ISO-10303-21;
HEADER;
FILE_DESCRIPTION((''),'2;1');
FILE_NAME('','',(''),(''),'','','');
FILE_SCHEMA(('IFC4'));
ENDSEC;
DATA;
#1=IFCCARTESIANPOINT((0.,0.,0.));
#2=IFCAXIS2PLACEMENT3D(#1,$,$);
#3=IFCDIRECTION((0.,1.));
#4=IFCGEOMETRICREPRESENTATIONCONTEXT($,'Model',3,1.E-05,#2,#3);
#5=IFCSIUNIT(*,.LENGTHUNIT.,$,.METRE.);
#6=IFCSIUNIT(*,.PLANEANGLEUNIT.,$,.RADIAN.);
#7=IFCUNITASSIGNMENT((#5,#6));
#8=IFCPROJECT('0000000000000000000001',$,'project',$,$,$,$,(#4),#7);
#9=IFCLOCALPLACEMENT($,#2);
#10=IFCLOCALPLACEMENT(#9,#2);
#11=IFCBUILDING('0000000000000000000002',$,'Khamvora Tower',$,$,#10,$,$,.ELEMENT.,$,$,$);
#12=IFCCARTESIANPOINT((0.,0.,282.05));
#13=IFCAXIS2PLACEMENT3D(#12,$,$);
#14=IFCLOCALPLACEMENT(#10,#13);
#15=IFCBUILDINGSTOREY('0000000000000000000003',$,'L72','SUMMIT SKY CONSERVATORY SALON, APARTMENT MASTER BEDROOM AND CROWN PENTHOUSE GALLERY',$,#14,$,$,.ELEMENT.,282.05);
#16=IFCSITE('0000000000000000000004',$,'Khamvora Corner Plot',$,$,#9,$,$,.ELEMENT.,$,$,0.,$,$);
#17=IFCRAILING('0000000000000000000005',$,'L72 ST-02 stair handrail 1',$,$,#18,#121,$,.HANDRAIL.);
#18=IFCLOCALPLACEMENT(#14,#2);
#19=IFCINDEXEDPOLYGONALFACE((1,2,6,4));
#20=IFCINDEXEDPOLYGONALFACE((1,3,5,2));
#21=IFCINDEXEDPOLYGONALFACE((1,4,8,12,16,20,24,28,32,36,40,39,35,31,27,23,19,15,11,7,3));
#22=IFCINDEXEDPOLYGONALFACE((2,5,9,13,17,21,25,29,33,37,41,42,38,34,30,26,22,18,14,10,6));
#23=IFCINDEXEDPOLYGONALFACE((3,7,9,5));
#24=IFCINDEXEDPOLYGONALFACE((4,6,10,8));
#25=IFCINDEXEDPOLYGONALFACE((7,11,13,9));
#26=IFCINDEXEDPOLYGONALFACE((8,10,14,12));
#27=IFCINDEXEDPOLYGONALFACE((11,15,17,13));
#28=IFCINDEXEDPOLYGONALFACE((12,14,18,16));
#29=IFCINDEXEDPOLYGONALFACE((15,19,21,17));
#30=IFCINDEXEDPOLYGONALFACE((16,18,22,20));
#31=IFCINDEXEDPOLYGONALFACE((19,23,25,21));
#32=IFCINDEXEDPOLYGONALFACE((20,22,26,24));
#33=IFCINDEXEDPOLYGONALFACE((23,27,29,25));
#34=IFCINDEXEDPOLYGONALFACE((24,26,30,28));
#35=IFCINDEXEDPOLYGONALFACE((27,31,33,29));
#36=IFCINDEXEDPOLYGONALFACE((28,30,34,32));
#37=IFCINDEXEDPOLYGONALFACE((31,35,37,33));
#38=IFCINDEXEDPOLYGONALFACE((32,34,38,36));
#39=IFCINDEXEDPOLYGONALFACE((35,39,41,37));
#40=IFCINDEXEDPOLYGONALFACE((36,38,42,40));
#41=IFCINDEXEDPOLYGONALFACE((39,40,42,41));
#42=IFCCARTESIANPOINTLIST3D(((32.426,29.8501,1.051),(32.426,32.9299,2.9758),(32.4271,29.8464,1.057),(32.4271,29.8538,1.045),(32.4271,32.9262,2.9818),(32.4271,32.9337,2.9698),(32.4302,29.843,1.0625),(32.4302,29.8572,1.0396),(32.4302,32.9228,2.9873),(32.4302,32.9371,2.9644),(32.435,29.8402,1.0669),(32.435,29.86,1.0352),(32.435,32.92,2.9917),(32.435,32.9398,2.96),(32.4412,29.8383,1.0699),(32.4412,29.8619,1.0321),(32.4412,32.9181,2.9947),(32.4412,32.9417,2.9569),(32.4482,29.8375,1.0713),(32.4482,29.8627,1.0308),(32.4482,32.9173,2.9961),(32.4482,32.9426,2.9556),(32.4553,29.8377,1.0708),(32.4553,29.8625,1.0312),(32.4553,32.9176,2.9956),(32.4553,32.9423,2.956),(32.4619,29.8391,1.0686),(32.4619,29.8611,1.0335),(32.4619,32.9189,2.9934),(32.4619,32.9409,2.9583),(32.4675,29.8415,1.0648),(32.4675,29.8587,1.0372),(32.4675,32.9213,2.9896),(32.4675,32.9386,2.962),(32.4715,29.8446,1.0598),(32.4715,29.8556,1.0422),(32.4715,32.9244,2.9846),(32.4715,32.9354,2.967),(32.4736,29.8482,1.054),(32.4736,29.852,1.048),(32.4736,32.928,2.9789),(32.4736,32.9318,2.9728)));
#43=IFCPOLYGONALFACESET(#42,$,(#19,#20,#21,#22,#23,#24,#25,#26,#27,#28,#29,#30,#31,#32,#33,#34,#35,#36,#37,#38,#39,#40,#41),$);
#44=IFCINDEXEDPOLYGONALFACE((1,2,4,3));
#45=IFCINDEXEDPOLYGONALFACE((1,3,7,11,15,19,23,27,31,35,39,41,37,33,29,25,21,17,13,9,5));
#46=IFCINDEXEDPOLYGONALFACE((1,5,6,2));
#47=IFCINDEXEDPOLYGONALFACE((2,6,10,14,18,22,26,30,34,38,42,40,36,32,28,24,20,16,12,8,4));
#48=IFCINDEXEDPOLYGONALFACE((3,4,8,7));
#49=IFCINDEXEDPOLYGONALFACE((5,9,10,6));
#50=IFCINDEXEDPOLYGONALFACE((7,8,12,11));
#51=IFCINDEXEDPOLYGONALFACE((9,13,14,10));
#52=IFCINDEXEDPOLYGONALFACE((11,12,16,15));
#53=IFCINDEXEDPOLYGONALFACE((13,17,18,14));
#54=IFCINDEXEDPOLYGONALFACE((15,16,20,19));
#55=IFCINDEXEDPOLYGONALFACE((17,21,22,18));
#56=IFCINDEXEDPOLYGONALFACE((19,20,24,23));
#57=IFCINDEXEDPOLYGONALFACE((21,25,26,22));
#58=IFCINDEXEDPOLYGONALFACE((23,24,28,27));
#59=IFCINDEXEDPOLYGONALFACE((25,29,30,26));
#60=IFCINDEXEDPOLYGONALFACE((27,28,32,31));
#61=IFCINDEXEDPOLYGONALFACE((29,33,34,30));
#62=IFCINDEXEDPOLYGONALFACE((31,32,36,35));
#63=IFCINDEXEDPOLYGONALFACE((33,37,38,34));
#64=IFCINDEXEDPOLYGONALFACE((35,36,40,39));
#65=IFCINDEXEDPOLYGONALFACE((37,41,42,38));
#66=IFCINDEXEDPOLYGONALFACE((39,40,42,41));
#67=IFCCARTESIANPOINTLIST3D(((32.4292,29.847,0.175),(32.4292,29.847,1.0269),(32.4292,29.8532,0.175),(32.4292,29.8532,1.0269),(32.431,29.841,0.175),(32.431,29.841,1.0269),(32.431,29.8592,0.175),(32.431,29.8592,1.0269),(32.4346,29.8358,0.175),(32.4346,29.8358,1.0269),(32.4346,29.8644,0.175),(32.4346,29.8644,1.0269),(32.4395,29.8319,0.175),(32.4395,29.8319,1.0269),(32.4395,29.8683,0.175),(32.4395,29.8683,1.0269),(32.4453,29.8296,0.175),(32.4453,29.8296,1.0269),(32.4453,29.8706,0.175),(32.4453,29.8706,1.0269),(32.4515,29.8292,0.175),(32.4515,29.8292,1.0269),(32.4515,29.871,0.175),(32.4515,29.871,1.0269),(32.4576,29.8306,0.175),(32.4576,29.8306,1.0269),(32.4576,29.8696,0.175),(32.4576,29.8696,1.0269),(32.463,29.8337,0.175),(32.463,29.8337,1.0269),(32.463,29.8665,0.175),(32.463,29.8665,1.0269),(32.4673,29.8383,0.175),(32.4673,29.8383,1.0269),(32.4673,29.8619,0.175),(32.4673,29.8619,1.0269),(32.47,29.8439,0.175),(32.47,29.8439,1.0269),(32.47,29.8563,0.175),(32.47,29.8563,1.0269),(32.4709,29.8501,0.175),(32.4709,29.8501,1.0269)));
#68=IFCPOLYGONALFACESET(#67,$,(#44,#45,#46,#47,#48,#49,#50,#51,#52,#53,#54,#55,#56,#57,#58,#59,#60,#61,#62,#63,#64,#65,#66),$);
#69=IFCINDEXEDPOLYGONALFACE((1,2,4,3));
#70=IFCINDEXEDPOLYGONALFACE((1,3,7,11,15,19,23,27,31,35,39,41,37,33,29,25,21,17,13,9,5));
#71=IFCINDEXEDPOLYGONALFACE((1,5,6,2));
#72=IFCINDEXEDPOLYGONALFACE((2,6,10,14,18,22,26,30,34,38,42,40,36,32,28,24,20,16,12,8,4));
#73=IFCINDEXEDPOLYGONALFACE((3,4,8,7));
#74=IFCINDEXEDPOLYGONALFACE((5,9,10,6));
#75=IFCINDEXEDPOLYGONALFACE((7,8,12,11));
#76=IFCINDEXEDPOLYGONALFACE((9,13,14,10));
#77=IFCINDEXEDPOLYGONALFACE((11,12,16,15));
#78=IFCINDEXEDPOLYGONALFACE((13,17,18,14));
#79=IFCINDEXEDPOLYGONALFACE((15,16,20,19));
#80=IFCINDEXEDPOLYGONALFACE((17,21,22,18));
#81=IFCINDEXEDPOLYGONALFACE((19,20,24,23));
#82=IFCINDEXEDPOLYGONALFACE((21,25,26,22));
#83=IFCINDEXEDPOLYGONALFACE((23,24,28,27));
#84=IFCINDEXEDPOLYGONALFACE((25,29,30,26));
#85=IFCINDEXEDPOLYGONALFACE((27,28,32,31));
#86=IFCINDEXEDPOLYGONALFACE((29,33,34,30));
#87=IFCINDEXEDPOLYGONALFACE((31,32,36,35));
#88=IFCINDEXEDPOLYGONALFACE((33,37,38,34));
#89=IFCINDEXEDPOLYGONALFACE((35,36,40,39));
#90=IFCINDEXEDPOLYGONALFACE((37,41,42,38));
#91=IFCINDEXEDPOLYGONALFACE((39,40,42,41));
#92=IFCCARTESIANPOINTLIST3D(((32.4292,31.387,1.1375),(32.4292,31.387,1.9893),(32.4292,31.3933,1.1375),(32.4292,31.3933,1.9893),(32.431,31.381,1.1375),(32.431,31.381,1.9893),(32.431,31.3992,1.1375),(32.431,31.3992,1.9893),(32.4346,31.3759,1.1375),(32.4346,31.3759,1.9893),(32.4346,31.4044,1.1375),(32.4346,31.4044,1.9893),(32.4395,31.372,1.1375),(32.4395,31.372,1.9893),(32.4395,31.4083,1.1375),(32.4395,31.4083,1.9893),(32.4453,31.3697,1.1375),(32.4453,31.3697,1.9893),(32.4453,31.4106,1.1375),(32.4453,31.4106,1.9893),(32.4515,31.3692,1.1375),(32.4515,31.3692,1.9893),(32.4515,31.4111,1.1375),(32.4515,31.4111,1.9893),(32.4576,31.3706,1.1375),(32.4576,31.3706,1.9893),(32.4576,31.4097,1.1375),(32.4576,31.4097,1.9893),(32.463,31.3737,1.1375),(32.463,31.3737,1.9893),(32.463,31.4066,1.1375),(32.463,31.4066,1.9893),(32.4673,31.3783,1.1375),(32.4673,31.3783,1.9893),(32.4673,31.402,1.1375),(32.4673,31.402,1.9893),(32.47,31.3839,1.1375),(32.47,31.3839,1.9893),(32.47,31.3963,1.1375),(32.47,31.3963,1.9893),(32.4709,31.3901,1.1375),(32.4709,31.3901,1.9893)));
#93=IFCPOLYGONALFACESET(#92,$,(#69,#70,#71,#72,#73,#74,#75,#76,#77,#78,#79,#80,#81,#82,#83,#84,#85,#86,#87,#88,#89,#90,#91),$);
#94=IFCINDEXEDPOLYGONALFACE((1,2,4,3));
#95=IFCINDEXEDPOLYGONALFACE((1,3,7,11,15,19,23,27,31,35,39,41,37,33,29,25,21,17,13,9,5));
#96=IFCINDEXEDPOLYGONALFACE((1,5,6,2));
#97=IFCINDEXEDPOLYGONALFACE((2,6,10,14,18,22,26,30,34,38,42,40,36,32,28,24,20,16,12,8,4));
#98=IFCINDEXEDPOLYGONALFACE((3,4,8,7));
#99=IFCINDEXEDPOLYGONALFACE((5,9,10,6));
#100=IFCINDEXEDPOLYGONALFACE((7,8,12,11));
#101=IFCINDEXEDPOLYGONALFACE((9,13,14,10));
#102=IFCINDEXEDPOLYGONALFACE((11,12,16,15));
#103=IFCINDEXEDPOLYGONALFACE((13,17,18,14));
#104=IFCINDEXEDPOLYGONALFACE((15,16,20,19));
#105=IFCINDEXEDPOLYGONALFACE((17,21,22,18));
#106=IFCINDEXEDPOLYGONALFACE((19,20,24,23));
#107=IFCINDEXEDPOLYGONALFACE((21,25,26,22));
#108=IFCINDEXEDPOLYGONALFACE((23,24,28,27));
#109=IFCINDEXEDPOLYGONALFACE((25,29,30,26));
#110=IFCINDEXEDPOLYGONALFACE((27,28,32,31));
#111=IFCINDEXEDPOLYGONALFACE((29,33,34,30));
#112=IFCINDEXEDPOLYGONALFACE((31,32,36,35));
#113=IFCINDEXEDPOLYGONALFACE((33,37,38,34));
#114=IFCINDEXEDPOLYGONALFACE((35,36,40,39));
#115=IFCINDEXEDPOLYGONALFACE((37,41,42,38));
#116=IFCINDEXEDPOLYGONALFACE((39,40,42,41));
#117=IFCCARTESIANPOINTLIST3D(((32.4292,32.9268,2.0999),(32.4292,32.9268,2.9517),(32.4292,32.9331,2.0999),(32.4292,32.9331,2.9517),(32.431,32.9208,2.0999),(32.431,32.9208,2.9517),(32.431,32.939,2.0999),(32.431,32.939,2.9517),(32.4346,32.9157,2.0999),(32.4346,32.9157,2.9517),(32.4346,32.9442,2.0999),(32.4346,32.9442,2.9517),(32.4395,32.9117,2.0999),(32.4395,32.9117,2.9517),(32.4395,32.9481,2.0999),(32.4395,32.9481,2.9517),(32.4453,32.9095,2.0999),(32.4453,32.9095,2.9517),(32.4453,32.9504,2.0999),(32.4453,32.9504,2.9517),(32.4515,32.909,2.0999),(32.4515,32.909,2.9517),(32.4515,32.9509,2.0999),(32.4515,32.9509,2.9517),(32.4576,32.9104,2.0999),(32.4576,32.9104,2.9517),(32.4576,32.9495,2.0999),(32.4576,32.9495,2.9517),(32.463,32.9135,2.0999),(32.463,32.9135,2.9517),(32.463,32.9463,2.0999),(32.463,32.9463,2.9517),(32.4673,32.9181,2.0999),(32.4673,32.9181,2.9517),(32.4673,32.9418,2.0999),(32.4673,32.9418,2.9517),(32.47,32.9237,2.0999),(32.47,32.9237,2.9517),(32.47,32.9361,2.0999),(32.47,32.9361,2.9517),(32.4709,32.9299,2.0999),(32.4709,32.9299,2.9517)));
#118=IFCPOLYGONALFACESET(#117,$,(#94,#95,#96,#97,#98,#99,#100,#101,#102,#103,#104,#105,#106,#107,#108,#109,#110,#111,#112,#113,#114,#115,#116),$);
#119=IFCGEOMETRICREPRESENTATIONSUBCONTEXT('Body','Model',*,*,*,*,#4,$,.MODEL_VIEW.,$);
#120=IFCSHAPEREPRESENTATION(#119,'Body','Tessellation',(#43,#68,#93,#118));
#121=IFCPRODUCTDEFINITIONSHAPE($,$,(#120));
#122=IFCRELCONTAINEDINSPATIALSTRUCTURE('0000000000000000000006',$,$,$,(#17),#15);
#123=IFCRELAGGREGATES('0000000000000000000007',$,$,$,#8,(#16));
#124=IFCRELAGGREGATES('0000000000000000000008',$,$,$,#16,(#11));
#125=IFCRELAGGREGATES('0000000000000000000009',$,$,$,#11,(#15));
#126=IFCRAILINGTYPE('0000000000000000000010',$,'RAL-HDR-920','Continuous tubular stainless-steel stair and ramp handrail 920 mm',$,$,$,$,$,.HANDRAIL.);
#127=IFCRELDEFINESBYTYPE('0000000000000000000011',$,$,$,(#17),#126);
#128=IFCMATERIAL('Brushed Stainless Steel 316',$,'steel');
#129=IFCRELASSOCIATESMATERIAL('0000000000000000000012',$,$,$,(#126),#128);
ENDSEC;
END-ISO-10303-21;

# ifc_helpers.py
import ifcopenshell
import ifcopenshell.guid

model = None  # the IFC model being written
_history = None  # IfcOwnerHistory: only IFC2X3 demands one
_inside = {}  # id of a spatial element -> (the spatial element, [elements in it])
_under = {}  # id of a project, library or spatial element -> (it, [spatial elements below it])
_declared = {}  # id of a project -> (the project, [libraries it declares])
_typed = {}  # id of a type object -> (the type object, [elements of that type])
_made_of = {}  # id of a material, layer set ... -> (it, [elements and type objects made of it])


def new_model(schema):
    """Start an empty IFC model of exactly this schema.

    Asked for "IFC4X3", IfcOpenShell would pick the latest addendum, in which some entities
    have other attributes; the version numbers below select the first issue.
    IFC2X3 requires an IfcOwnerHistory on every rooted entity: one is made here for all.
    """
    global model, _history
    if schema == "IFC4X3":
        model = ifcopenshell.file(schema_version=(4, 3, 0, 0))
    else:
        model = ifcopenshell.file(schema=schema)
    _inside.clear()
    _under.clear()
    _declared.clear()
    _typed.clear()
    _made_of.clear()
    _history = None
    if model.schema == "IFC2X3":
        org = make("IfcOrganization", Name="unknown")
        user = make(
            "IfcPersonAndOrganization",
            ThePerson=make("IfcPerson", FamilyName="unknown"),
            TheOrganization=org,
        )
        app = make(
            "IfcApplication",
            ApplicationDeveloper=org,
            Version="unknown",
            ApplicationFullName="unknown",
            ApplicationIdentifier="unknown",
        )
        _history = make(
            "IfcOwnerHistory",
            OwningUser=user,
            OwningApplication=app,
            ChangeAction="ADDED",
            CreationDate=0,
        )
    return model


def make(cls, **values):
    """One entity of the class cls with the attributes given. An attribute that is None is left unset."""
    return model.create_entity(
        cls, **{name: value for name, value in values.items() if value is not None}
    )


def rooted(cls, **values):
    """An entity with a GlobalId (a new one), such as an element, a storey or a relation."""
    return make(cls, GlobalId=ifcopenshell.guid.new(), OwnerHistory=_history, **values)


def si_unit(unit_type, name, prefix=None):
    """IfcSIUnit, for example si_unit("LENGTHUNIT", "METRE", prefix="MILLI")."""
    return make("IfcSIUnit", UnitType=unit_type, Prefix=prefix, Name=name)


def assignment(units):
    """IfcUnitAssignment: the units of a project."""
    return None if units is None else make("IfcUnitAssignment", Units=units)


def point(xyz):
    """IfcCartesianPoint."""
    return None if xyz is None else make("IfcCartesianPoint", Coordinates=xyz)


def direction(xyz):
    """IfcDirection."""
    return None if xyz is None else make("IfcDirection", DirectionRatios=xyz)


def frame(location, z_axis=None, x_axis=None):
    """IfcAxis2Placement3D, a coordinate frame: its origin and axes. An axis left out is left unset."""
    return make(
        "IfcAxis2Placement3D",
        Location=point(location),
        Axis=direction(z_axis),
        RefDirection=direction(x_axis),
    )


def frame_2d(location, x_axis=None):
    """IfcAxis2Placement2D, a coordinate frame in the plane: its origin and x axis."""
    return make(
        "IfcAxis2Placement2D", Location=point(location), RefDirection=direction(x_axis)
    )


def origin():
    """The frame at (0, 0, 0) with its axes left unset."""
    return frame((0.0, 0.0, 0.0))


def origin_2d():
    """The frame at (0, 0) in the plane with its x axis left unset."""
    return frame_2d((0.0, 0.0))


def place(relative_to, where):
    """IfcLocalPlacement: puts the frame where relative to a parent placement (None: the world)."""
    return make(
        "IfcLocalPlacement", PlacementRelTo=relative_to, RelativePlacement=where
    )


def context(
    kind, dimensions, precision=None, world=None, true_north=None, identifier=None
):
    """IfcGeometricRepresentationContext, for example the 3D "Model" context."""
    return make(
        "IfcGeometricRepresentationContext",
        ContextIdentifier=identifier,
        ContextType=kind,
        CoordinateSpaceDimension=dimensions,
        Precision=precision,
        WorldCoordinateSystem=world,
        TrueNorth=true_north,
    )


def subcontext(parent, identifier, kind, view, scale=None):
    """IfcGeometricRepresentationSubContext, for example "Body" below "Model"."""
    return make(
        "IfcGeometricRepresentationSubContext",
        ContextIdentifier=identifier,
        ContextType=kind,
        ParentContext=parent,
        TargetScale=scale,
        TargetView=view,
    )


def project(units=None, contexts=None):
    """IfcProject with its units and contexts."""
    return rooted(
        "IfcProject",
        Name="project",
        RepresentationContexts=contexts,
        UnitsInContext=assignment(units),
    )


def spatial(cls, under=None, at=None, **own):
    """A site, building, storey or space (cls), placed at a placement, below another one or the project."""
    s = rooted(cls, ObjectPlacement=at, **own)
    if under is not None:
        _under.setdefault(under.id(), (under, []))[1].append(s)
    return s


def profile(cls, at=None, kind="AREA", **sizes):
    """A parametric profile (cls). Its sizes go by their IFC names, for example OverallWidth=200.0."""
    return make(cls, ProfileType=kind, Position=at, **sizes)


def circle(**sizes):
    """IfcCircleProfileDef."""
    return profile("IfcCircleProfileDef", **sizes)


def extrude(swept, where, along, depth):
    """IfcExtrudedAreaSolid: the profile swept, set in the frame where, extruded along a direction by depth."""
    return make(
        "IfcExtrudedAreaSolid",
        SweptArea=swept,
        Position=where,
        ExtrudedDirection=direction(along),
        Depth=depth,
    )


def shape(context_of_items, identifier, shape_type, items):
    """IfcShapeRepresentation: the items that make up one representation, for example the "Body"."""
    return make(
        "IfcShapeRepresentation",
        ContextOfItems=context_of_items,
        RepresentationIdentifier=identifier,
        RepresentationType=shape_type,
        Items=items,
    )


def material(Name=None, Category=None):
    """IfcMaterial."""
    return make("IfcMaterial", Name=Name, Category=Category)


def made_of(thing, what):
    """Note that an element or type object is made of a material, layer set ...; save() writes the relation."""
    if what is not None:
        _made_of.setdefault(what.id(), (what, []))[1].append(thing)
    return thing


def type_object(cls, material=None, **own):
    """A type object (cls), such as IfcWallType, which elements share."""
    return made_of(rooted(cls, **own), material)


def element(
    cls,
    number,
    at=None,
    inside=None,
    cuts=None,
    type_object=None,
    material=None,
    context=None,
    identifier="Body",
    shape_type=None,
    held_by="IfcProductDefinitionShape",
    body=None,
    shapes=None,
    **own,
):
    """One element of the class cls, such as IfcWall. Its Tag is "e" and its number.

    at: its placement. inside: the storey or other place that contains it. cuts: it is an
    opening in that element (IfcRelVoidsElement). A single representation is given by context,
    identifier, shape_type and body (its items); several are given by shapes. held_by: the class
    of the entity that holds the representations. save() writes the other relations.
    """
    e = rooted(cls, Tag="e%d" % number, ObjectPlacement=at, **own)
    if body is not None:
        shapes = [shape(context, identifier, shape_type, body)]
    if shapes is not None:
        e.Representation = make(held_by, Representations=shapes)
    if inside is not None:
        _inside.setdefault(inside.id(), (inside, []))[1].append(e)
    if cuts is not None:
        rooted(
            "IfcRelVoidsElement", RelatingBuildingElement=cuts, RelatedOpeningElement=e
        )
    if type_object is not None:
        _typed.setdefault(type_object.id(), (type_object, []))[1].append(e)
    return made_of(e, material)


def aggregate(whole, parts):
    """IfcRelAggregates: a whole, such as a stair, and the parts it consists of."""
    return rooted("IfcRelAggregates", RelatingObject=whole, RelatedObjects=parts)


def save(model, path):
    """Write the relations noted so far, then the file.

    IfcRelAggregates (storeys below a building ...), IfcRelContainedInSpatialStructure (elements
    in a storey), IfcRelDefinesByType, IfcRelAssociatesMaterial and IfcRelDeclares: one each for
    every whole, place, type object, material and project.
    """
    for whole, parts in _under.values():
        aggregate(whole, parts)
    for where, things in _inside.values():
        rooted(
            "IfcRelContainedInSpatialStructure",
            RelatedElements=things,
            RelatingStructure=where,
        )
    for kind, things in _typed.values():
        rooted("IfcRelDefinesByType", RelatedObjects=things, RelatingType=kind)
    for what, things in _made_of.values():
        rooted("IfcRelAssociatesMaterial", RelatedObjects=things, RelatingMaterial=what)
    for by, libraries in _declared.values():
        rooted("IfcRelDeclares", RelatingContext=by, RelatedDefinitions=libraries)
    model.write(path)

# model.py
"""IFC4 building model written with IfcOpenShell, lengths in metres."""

from ifc_helpers import new_model, si_unit, direction, frame, origin, origin_2d, place, context, subcontext, project, spatial, circle, extrude, material, type_object, element, save


model = new_model("IFC4")

# Units and contexts
model_context = context("Model", 3, precision=1e-05, world=origin(), true_north=direction((0.0, 1.0)))
body_context = subcontext(model_context, "Body", "Model", "MODEL_VIEW")
ifc_project = project(units=[si_unit("LENGTHUNIT", "METRE"), si_unit("PLANEANGLEUNIT", "RADIAN")], contexts=[model_context])

# Site, building, storey
site_placement = place(None, origin())
site = spatial("IfcSite", under=ifc_project, at=site_placement, Name="Khamvora Corner Plot", CompositionType="ELEMENT", RefElevation=0.0)
building_placement = place(site_placement, origin())
building = spatial("IfcBuilding", under=site, at=building_placement, Name="Khamvora Tower", CompositionType="ELEMENT")
storey_placement = place(building_placement, frame((0.0, 0.0, 282.05)))
storey = spatial("IfcBuildingStorey", under=building, at=storey_placement, Name="L72", Description="SUMMIT SKY CONSERVATORY SALON, APARTMENT MASTER BEDROOM AND CROWN PENTHOUSE GALLERY", CompositionType="ELEMENT", Elevation=282.05)

# Railing
ifc_material_1 = material(Name="Brushed Stainless Steel 316", Category="steel")
railing_type_1 = type_object("IfcRailingType", Name="RAL-HDR-920", Description="Continuous tubular stainless-steel stair and ramp handrail 920 mm", PredefinedType="HANDRAIL", material=ifc_material_1)
railing_1_placement = place(storey_placement, frame((32.45, 29.8501, 0.175)))
element("IfcRailing", 1, at=railing_1_placement, inside=storey, type_object=railing_type_1, Name="L72 ST-02 stair handrail 1", PredefinedType="HANDRAIL", context=body_context, shape_type="SweptSolid", body=[
    extrude(circle(Radius=0.0239, at=origin_2d()), frame((0.0, 0.0, 0.876), z_axis=(0.0, 0.84801, 0.529981), x_axis=(-1.0, 0.0, 0.0)), (0.0, 0.0, 1.0), 3.6318),
    extrude(circle(Radius=0.021, at=origin_2d()), origin(), (0.0, 0.0, 1.0), 0.8518),
    extrude(circle(Radius=0.021, at=origin_2d()), frame((0.0, 1.54, 0.9624)), (0.0, 0.0, 1.0), 0.8518),
    extrude(circle(Radius=0.021, at=origin_2d()), frame((0.0, 3.0798, 1.9248)), (0.0, 0.0, 1.0), 0.8518),
])

save(model, "model.ifc")
